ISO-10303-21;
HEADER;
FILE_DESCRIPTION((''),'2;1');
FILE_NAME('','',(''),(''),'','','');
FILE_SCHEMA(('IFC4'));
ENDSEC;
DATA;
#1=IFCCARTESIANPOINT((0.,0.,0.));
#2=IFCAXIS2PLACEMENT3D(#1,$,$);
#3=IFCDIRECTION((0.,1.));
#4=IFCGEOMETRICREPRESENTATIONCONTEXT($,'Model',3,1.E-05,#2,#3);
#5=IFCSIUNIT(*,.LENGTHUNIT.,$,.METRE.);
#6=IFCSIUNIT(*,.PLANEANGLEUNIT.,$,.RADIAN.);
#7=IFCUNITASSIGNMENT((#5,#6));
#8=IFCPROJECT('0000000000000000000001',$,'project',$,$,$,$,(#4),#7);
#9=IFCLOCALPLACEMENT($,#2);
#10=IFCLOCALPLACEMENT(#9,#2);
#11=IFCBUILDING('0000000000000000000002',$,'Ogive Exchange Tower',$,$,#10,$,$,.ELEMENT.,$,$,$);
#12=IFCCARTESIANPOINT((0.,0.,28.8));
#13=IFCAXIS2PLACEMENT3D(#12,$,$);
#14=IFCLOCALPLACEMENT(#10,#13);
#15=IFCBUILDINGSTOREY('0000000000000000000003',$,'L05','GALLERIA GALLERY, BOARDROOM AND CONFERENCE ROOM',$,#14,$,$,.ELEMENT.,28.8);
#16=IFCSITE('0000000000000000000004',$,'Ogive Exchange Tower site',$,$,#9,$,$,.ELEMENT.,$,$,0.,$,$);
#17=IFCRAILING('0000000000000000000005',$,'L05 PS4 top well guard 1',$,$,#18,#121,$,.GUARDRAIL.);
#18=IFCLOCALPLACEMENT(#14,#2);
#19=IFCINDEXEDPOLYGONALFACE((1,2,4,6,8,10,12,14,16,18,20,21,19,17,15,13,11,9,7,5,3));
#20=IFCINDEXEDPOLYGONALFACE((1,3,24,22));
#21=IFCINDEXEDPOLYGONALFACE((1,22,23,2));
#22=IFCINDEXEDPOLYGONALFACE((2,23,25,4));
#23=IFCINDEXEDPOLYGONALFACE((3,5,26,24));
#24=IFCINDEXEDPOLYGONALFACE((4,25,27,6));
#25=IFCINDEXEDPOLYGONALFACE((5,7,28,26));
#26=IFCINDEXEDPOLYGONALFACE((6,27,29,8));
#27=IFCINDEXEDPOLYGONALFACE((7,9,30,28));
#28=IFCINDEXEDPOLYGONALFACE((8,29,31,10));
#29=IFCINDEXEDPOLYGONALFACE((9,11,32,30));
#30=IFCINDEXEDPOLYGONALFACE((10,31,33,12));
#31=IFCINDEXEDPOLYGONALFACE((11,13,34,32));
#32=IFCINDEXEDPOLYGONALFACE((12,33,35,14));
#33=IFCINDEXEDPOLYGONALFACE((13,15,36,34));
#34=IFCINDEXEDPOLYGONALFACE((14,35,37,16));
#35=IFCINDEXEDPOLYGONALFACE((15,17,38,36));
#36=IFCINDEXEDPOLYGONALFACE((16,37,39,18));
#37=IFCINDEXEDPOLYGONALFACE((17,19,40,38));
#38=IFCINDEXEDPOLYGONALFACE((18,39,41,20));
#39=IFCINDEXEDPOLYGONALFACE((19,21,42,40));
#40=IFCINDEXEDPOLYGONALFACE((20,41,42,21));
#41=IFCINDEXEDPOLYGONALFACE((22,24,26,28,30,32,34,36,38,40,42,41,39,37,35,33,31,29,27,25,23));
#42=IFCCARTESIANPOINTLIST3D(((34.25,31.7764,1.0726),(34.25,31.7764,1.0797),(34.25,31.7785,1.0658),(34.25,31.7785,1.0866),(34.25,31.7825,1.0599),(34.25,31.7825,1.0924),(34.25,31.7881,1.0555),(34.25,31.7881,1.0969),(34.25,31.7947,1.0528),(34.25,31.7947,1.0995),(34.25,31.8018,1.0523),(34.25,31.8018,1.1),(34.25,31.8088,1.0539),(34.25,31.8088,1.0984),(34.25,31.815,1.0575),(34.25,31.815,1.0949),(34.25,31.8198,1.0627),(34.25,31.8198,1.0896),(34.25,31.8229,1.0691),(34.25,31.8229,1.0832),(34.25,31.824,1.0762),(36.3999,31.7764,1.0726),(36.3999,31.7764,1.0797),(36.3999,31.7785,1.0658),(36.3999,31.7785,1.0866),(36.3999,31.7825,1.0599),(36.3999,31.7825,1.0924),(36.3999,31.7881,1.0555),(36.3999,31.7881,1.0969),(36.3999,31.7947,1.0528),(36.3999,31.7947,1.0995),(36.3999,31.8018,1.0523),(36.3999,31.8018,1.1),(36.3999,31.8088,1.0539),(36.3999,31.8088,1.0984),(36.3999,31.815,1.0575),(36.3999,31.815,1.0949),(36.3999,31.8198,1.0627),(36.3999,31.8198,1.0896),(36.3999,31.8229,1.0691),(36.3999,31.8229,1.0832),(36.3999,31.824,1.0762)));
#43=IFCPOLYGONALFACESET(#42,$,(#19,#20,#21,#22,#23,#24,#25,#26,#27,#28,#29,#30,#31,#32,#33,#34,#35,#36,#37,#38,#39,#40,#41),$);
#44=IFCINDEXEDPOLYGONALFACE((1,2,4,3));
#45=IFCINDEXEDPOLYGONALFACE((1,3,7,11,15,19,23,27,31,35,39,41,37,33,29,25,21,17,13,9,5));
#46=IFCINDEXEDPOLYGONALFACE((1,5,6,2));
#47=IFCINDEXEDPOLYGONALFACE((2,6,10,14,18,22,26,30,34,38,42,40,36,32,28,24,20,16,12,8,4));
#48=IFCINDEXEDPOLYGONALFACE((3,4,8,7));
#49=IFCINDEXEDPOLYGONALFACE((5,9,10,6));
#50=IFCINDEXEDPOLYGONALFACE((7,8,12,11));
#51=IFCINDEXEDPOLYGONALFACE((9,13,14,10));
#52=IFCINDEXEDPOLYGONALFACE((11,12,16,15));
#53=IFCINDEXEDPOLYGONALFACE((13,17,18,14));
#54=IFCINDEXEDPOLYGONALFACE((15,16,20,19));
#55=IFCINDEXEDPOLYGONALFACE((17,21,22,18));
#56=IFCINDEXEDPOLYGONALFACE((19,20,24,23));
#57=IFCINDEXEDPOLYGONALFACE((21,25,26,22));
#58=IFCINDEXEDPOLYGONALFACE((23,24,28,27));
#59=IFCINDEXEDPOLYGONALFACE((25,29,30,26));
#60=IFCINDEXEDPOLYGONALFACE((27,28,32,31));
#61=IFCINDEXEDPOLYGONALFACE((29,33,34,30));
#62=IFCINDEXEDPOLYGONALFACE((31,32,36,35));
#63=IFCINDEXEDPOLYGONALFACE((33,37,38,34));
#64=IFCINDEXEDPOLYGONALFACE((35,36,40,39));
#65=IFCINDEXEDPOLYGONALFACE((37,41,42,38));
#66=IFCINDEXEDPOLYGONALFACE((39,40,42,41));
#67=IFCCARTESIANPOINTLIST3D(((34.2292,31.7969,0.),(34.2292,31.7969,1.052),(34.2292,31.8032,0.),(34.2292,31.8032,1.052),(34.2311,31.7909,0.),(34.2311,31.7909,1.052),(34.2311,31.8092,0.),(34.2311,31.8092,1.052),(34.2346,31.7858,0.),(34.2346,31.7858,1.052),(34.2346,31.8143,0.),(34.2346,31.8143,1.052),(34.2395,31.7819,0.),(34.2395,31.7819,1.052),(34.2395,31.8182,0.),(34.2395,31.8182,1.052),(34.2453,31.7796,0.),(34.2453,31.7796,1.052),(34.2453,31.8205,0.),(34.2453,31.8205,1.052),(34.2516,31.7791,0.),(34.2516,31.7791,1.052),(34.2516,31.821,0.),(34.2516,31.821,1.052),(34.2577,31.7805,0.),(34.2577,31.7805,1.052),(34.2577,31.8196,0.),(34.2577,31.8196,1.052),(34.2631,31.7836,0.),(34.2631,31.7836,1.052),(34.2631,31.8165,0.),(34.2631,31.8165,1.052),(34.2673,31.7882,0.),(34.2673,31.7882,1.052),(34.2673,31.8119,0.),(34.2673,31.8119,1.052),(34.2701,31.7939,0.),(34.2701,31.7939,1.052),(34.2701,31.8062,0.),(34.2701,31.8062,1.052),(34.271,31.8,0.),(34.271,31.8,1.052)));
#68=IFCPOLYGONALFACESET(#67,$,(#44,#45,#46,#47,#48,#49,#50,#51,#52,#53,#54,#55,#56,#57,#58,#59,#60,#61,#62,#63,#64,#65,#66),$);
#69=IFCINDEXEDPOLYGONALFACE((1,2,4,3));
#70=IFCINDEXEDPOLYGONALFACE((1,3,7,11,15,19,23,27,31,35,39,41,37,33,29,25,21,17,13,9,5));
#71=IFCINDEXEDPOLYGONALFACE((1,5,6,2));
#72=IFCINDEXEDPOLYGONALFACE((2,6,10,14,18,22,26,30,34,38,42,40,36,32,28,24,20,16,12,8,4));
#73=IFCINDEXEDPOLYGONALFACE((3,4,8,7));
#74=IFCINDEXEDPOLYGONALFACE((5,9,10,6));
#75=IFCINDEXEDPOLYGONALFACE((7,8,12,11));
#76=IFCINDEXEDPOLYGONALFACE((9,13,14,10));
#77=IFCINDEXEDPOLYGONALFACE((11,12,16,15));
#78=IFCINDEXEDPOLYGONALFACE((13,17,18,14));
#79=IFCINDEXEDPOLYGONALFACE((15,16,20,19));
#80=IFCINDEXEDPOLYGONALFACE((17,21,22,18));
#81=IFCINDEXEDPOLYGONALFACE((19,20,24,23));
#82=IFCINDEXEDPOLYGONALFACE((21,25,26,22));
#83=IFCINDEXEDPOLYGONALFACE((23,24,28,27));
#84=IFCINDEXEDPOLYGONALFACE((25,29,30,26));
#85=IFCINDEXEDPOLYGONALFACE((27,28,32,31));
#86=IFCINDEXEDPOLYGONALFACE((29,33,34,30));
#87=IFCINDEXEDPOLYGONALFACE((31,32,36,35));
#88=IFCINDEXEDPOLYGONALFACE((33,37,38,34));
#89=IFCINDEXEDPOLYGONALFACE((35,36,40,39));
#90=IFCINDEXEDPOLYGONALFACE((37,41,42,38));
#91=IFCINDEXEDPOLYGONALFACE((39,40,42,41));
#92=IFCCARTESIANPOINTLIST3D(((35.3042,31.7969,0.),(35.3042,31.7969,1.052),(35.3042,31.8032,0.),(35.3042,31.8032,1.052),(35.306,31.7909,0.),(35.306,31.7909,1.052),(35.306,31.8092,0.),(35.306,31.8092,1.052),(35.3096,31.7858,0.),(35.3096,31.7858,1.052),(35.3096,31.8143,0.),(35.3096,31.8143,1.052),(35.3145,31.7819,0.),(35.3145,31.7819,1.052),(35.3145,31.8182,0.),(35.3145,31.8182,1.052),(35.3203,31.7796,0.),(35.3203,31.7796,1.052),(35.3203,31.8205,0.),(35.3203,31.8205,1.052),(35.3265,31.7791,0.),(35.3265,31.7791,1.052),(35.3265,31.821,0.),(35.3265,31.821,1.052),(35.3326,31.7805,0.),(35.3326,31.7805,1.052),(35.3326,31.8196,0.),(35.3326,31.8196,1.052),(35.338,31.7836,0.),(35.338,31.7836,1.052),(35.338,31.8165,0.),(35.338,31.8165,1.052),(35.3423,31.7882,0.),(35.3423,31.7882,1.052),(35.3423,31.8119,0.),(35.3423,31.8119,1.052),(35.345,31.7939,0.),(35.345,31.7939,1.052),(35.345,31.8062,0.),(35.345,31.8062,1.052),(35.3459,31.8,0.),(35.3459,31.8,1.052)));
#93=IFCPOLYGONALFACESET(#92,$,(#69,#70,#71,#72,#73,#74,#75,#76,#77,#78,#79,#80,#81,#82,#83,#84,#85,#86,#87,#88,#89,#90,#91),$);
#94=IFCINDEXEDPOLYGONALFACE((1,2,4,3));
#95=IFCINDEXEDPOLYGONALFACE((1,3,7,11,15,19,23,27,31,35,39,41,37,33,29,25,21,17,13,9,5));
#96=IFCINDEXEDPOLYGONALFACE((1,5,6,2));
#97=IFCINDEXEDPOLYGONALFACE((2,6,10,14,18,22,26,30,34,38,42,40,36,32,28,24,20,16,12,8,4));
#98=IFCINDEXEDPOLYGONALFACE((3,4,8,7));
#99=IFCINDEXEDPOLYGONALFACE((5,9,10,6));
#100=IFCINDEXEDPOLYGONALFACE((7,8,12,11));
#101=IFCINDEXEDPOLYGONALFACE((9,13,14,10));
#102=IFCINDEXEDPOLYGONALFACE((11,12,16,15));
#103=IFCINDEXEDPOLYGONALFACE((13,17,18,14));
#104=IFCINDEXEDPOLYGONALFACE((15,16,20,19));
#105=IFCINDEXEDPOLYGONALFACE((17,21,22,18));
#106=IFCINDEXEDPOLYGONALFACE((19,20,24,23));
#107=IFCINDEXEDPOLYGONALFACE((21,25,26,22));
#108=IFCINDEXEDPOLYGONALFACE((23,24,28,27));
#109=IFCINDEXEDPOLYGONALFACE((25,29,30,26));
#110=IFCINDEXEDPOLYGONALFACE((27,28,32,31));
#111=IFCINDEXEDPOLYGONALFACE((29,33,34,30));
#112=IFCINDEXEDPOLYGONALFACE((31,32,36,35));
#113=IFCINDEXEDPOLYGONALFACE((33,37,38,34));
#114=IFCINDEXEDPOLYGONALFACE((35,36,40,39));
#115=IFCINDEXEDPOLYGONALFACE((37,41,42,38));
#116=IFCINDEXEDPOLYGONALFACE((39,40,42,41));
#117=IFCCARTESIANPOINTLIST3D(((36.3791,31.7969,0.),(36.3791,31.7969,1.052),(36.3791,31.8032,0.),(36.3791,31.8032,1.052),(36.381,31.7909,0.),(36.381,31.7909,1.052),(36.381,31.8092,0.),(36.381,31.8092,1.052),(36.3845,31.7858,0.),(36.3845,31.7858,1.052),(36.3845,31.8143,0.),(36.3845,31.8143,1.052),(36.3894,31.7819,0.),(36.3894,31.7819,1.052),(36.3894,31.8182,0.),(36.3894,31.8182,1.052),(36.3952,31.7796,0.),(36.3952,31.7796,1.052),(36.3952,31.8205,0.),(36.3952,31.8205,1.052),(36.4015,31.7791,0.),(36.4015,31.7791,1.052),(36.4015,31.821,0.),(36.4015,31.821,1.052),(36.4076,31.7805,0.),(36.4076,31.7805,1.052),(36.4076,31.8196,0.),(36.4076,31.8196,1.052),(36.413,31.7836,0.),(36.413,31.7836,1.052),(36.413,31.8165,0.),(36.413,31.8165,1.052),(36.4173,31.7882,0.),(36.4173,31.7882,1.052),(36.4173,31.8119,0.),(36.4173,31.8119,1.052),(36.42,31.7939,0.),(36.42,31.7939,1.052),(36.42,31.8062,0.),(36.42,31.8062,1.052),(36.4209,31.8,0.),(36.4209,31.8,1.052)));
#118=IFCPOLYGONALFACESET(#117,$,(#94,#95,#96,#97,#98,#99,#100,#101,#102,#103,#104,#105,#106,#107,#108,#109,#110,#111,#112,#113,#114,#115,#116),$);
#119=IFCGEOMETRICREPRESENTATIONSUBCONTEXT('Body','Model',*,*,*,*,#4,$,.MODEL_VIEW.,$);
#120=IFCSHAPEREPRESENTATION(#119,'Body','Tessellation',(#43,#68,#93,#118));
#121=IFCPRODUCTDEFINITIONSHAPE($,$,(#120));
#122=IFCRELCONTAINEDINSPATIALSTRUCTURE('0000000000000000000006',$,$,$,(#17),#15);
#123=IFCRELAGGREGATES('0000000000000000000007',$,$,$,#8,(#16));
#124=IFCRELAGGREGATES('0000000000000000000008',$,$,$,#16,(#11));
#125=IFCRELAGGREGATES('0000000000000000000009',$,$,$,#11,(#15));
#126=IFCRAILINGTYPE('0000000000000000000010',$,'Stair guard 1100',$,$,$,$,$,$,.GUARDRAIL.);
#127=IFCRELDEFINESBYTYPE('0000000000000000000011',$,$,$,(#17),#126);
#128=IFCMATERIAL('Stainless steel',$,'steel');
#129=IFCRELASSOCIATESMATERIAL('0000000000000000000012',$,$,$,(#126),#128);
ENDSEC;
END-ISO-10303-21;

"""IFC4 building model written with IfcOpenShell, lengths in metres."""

from ifc_helpers import new_model, si_unit, direction, frame, origin, origin_2d, place, context, subcontext, project, spatial, circle, extrude, material, type_object, element, save


model = new_model("IFC4")

# Units and contexts
model_context = context("Model", 3, precision=1e-05, world=origin(), true_north=direction((0.0, 1.0)))
body_context = subcontext(model_context, "Body", "Model", "MODEL_VIEW")
ifc_project = project(units=[si_unit("LENGTHUNIT", "METRE"), si_unit("PLANEANGLEUNIT", "RADIAN")], contexts=[model_context])

# Site, building, storey
site_placement = place(None, origin())
site = spatial("IfcSite", under=ifc_project, at=site_placement, Name="Ogive Exchange Tower site", CompositionType="ELEMENT", RefElevation=0.0)
building_placement = place(site_placement, origin())
building = spatial("IfcBuilding", under=site, at=building_placement, Name="Ogive Exchange Tower", CompositionType="ELEMENT")
storey_placement = place(building_placement, frame((0.0, 0.0, 28.8)))
storey = spatial("IfcBuildingStorey", under=building, at=storey_placement, Name="L05", Description="GALLERIA GALLERY, BOARDROOM AND CONFERENCE ROOM", CompositionType="ELEMENT", Elevation=28.8)

# Railing
ifc_material_1 = material(Name="Stainless steel", Category="steel")
railing_type = type_object("IfcRailingType", Name="Stair guard 1100", PredefinedType="GUARDRAIL", material=ifc_material_1)
railing_placement = place(storey_placement, frame((34.25, 31.8, 0.0)))
element("IfcRailing", 1, at=railing_placement, inside=storey, type_object=railing_type, Name="L05 PS4 top well guard 1", PredefinedType="GUARDRAIL", context=body_context, shape_type="SweptSolid", body=[
    extrude(circle(Radius=0.0239, at=origin_2d()), frame((0.0, 0.0, 1.0762), z_axis=(1.0, 0.0, 0.0), x_axis=(0.0, 1.0, 0.0)), (0.0, 0.0, 1.0), 2.1499),
    extrude(circle(Radius=0.021, at=origin_2d()), origin(), (0.0, 0.0, 1.0), 1.052),
    extrude(circle(Radius=0.021, at=origin_2d()), frame((1.075, 0.0, 0.0)), (0.0, 0.0, 1.0), 1.052),
    extrude(circle(Radius=0.021, at=origin_2d()), frame((2.1499, 0.0, 0.0)), (0.0, 0.0, 1.0), 1.052),
])

save(model, "model.ifc")
